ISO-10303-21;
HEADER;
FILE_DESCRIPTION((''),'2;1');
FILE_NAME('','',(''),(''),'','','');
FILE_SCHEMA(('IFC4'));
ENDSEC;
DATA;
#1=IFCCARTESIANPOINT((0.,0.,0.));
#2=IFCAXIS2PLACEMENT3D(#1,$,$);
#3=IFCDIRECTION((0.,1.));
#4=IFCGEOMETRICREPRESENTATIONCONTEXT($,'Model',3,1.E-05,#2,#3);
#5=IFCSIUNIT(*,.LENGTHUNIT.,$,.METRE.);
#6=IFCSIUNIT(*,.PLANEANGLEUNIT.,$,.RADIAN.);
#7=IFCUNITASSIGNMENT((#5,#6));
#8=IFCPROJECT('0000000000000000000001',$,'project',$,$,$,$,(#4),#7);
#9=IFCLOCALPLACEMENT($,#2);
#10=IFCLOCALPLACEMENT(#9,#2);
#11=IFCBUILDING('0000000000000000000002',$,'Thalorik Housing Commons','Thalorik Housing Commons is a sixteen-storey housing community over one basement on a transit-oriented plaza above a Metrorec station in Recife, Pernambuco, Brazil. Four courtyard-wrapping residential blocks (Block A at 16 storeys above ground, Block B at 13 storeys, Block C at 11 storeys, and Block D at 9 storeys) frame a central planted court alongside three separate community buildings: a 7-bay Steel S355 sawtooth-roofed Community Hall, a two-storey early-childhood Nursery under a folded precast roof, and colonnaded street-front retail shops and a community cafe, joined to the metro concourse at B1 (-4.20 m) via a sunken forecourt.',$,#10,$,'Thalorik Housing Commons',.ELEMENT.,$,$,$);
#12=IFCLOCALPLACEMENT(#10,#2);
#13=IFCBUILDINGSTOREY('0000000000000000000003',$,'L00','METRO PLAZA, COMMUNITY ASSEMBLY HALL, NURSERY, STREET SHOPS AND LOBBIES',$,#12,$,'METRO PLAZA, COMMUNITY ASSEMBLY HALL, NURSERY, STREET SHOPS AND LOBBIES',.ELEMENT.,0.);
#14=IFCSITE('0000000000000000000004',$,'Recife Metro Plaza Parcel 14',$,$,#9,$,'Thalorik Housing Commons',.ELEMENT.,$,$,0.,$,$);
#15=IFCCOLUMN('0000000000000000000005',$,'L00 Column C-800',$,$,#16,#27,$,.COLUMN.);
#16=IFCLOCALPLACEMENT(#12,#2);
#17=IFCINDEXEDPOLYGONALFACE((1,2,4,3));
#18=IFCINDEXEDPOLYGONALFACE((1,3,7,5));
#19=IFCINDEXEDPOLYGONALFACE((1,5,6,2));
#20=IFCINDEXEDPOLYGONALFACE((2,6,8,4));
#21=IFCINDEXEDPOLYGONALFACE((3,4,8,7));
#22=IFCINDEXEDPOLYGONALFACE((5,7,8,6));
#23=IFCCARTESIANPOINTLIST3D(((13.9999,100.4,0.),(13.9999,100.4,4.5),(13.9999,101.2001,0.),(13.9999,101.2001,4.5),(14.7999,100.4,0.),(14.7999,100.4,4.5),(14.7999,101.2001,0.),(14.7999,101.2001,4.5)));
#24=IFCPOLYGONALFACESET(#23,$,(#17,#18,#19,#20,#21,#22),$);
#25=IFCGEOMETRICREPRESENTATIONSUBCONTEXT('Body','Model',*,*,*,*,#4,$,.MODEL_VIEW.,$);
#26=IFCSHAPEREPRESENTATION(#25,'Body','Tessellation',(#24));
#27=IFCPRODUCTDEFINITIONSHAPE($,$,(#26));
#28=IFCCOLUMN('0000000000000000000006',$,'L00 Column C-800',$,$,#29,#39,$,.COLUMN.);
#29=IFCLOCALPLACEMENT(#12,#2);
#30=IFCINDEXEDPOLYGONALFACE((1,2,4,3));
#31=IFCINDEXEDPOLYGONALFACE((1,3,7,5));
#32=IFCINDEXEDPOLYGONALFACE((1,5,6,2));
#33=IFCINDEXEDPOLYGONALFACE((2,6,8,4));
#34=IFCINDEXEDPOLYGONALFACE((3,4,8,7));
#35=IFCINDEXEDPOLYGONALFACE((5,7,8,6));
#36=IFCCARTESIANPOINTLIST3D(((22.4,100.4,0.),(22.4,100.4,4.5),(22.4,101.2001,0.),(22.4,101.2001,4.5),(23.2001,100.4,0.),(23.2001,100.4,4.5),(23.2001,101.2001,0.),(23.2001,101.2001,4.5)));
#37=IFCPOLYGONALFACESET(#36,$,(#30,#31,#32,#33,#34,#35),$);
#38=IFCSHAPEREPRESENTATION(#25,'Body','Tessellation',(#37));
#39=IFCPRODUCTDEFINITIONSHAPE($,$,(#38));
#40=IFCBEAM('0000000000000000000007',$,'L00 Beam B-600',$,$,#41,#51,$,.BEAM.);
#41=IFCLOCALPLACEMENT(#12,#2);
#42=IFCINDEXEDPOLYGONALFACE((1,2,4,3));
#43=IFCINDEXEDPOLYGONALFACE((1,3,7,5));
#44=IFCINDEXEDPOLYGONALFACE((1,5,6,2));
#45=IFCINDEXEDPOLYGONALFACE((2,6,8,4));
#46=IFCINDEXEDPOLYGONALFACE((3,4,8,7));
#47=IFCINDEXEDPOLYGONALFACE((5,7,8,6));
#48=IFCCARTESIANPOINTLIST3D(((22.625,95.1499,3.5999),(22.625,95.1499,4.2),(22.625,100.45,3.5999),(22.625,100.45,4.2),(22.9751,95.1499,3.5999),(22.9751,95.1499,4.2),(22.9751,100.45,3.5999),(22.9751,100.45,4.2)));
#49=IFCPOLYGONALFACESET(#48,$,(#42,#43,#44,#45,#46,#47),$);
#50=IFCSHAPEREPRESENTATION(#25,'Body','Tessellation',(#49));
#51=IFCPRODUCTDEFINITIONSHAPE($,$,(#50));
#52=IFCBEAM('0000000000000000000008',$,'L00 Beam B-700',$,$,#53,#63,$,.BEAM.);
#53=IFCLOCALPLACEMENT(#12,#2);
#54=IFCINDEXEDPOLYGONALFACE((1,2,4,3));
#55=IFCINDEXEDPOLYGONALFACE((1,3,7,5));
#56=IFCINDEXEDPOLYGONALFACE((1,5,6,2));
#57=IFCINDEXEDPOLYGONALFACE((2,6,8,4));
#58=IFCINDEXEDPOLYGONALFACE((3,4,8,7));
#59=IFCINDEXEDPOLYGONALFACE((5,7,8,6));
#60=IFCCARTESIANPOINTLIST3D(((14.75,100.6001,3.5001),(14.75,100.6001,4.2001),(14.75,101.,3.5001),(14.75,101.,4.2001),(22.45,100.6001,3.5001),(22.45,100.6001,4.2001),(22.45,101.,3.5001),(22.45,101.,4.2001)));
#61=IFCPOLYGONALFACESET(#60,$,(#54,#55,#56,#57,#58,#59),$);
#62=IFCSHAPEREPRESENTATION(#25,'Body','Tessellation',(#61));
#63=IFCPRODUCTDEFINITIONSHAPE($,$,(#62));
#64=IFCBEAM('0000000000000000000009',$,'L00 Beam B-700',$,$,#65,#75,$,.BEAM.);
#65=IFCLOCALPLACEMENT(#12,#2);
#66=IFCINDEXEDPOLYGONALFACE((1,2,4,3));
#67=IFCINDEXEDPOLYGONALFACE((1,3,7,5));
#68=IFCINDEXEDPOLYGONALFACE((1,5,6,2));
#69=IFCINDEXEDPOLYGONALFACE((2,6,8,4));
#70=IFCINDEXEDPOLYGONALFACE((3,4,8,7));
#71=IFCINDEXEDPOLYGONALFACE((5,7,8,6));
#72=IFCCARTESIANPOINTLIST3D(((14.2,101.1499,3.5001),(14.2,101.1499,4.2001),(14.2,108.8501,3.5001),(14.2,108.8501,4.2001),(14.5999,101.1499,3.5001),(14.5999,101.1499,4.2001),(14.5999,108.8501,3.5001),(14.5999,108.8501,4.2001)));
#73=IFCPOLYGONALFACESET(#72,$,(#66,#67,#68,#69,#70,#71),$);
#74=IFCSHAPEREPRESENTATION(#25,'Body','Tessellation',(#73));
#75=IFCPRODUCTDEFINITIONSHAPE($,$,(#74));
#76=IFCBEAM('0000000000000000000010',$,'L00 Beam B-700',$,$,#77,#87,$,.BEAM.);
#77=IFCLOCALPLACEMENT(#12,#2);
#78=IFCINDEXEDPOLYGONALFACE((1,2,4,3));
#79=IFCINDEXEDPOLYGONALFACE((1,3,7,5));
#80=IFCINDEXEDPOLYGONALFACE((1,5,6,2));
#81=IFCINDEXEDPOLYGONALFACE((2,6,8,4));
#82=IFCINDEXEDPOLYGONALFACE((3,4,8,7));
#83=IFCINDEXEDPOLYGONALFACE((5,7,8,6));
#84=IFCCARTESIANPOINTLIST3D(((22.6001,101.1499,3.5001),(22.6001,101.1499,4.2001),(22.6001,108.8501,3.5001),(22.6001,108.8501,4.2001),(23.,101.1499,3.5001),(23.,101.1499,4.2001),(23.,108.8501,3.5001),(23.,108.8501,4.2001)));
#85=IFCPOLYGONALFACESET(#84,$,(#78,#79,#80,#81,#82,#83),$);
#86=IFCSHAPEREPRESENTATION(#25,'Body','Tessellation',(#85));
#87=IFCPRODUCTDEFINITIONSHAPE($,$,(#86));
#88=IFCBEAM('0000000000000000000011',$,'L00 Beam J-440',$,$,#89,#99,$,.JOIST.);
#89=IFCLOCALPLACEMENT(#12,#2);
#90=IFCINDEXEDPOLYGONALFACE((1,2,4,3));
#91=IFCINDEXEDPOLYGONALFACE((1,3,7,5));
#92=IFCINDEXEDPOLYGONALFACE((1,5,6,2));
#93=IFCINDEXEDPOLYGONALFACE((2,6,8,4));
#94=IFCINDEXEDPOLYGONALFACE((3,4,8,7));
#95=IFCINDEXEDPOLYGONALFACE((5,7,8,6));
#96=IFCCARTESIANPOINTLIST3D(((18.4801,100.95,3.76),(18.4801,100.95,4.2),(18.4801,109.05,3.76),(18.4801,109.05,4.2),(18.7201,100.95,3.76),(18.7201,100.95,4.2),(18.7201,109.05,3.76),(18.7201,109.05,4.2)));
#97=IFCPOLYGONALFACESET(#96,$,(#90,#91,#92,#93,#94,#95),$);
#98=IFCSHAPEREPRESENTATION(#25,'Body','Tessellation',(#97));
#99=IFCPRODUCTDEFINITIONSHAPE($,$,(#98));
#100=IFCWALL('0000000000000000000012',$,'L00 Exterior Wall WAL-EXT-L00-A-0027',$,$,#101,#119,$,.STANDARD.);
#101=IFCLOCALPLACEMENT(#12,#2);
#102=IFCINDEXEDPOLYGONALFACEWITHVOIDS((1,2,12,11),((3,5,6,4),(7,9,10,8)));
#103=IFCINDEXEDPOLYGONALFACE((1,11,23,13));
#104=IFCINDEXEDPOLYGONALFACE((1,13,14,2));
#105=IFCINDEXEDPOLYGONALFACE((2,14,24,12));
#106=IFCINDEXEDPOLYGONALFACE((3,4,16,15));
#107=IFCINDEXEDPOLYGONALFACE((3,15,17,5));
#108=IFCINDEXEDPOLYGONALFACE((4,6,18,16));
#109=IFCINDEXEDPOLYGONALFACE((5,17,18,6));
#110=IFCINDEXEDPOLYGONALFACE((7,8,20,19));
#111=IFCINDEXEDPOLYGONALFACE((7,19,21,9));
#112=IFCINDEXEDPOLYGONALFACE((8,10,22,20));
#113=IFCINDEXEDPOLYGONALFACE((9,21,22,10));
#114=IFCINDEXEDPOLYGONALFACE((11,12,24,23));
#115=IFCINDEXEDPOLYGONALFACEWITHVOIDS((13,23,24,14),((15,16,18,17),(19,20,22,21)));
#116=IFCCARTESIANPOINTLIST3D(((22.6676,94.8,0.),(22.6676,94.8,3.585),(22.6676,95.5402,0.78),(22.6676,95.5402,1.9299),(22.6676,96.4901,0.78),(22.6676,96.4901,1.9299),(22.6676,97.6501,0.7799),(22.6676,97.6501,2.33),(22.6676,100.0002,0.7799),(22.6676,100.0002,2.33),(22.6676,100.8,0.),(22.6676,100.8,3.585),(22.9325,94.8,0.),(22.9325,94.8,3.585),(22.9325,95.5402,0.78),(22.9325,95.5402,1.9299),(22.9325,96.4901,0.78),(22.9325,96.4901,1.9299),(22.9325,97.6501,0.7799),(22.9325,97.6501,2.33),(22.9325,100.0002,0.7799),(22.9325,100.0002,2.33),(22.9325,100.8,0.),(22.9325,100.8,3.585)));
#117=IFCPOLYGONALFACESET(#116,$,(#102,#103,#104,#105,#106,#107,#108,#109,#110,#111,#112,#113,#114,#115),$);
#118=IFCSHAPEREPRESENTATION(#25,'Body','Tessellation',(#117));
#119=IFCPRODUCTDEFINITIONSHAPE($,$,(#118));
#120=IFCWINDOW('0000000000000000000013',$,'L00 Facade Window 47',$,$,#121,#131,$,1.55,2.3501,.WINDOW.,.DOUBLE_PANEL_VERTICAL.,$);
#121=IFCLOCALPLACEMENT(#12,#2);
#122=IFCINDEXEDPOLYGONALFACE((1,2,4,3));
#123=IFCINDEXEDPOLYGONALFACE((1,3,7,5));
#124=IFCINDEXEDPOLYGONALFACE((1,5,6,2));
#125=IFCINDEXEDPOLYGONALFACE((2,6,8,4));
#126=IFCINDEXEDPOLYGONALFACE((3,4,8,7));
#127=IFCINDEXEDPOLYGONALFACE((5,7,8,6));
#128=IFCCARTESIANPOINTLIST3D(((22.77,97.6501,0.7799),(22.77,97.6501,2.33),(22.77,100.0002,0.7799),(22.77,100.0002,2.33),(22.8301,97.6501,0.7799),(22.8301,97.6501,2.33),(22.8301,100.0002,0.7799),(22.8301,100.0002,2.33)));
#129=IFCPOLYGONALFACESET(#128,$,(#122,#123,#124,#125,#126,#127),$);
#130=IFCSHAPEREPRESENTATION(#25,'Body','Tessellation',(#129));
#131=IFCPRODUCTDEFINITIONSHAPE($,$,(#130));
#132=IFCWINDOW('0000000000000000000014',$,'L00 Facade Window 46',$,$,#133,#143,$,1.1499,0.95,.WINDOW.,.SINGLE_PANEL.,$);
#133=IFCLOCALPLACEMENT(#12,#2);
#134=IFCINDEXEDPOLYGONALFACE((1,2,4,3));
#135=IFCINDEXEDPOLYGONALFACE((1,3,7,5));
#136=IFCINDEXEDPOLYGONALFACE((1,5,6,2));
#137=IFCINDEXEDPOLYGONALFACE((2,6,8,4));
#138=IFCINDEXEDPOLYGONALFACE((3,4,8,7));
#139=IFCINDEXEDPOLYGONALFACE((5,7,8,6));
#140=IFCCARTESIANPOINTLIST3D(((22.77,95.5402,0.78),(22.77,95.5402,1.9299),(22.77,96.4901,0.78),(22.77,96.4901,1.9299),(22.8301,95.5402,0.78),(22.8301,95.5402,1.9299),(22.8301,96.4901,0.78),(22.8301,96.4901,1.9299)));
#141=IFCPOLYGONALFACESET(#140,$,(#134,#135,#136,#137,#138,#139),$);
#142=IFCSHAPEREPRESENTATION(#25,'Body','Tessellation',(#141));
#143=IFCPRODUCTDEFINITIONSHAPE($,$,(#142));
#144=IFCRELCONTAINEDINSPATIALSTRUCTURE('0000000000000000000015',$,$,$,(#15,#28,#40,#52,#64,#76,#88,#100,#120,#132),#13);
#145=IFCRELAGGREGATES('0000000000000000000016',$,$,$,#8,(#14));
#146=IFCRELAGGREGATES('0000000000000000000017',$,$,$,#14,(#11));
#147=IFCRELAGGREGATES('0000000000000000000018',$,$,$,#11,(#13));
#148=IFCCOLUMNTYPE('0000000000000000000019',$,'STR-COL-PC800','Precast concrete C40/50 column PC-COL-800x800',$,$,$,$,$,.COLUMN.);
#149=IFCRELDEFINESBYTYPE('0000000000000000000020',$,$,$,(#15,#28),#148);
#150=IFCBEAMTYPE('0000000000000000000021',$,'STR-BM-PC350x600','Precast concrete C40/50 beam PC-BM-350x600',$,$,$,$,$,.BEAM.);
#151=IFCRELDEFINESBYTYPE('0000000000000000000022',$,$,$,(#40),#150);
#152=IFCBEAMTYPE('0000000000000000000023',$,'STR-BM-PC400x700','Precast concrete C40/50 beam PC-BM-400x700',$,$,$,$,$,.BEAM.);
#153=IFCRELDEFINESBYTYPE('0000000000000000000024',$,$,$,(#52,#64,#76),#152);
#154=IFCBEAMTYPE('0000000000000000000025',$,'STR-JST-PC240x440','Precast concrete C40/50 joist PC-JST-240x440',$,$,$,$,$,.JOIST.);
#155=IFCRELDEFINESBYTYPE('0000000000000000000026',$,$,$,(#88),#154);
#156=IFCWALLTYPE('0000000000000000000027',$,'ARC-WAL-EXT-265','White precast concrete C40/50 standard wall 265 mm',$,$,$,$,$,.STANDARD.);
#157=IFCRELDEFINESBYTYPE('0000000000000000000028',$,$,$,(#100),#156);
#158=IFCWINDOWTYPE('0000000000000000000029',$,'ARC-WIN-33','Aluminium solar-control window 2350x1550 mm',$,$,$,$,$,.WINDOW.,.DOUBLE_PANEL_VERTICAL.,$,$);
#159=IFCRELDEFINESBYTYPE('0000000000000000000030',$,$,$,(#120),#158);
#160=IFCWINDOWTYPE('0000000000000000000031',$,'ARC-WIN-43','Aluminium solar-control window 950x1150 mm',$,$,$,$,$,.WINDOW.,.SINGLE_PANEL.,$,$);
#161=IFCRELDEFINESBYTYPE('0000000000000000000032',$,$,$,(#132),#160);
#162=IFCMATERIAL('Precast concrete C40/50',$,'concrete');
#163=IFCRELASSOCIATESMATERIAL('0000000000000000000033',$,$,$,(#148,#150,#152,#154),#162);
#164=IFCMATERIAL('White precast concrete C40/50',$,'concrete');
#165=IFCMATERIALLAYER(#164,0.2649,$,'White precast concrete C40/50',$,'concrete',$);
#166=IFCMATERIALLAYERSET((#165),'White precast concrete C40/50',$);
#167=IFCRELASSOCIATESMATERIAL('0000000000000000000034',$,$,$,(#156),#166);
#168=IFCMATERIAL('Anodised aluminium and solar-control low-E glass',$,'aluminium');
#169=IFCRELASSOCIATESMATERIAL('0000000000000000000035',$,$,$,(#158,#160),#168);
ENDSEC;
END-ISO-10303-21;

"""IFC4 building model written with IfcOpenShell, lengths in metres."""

from ifc_helpers import new_model, si_unit, direction, frame, frame_2d, origin, origin_2d, place, context, subcontext, project, spatial, rectangle, extrude, material, layer, layer_set, material_profile, profile_set, type_object, element, fill, save


model = new_model("IFC4")

# Units and contexts
model_context = context("Model", 3, precision=1e-05, world=origin(), true_north=direction((0.0, 1.0)))
body_context = subcontext(model_context, "Body", "Model", "MODEL_VIEW")
ifc_project = project(units=[si_unit("LENGTHUNIT", "METRE"), si_unit("PLANEANGLEUNIT", "RADIAN")], contexts=[model_context])

# Site, building, storey
site_placement = place(None, origin())
site = spatial("IfcSite", under=ifc_project, at=site_placement, Name="Recife Metro Plaza Parcel 14", LongName="Thalorik Housing Commons", CompositionType="ELEMENT", RefElevation=0.0)
building_placement = place(site_placement, origin())
building = spatial("IfcBuilding", under=site, at=building_placement, Name="Thalorik Housing Commons", Description="Thalorik Housing Commons is a sixteen-storey housing community over one basement on a transit-oriented plaza above a Metrorec station in Recife, Pernambuco, Brazil. Four courtyard-wrapping residential blocks (Block A at 16 storeys above ground, Block B at 13 storeys, Block C at 11 storeys, and Block D at 9 storeys) frame a central planted court alongside three separate community buildings: a 7-bay Steel S355 sawtooth-roofed Community Hall, a two-storey early-childhood Nursery under a folded precast roof, and colonnaded street-front retail shops and a community cafe, joined to the metro concourse at B1 (-4.20 m) via a sunken forecourt.", LongName="Thalorik Housing Commons", CompositionType="ELEMENT")
storey_placement = place(building_placement, origin())
storey = spatial("IfcBuildingStorey", under=building, at=storey_placement, Name="L00", Description="METRO PLAZA, COMMUNITY ASSEMBLY HALL, NURSERY, STREET SHOPS AND LOBBIES", LongName="METRO PLAZA, COMMUNITY ASSEMBLY HALL, NURSERY, STREET SHOPS AND LOBBIES", CompositionType="ELEMENT", Elevation=0.0)

# Columns
ifc_material_1 = material(Name="Precast concrete C40/50", Category="concrete")
ifc_material_profile_1 = material_profile(ifc_material_1, rectangle(XDim=0.8, YDim=0.8, at=origin_2d()), Name="PC 800x800", Category="concrete")
ifc_profile_set_1 = profile_set([ifc_material_profile_1], Name="Precast concrete C40/50")
column_type = type_object("IfcColumnType", Name="STR-COL-PC800", Description="Precast concrete C40/50 column PC-COL-800x800", PredefinedType="COLUMN", material=ifc_profile_set_1)
for number, where, z_axis, x_axis, name in (
    (1, (14.3999, 100.8, 0.0), (0.0, 0.0, 1.0), (1.0, 0.0, 0.0), "L00 Column C-800"),
    (2, (22.8, 100.8, 0.0), (0.0, 0.0, 1.0), (1.0, 0.0, 0.0), "L00 Column C-800"),
):
    element("IfcColumn", number, at=place(storey_placement, frame(where, z_axis=z_axis, x_axis=x_axis)), inside=storey, type_object=column_type, Name=name, PredefinedType="COLUMN", context=body_context, shape_type="SweptSolid", body=[
        extrude(rectangle(XDim=0.8, YDim=0.8, at=origin_2d()), origin(), (0.0, 0.0, 1.0), 4.5),
    ])

# Beams
ifc_material_profile_2 = material_profile(ifc_material_1, rectangle(XDim=0.3501, YDim=0.6001, at=origin_2d()), Name="PC 350x600", Category="concrete")
ifc_profile_set_2 = profile_set([ifc_material_profile_2], Name="Precast concrete C40/50")
beam_type_1 = type_object("IfcBeamType", Name="STR-BM-PC350x600", Description="Precast concrete C40/50 beam PC-BM-350x600", PredefinedType="BEAM", material=ifc_profile_set_2)
beam_1_placement = place(storey_placement, frame((22.8, 95.1499, 3.8999), z_axis=(0.0, 1.0, 0.0), x_axis=(-1.0, 0.0, 0.0)))
element("IfcBeam", 3, at=beam_1_placement, inside=storey, type_object=beam_type_1, Name="L00 Beam B-600", PredefinedType="BEAM", context=body_context, shape_type="SweptSolid", body=[
    extrude(rectangle(XDim=0.3501, YDim=0.6001, at=origin_2d()), origin(), (0.0, 0.0, 1.0), 5.3),
])
ifc_material_profile_3 = material_profile(ifc_material_1, rectangle(XDim=0.3999, YDim=0.7, at=origin_2d()), Name="PC 400x700", Category="concrete")
ifc_profile_set_3 = profile_set([ifc_material_profile_3], Name="Precast concrete C40/50")
beam_type_2 = type_object("IfcBeamType", Name="STR-BM-PC400x700", Description="Precast concrete C40/50 beam PC-BM-400x700", PredefinedType="BEAM", material=ifc_profile_set_3)
beam_2_placement = place(storey_placement, frame((14.75, 100.8, 3.8501), z_axis=(1.0, 0.0, 0.0), x_axis=(0.0, 1.0, 0.0)))
element("IfcBeam", 4, at=beam_2_placement, inside=storey, type_object=beam_type_2, Name="L00 Beam B-700", PredefinedType="BEAM", context=body_context, shape_type="SweptSolid", body=[
    extrude(rectangle(XDim=0.3999, YDim=0.7, at=origin_2d()), origin(), (0.0, 0.0, 1.0), 7.7),
])
for number, where, z_axis, x_axis, name in (
    (5, (14.3999, 101.1499, 3.8501), (0.0, 1.0, 0.0), (-1.0, 0.0, 0.0), "L00 Beam B-700"),
    (6, (22.8, 101.1499, 3.8501), (0.0, 1.0, 0.0), (-1.0, 0.0, 0.0), "L00 Beam B-700"),
):
    element("IfcBeam", number, at=place(storey_placement, frame(where, z_axis=z_axis, x_axis=x_axis)), inside=storey, type_object=beam_type_2, Name=name, PredefinedType="BEAM", context=body_context, shape_type="SweptSolid", body=[
        extrude(rectangle(XDim=0.3999, YDim=0.7, at=origin_2d()), origin(), (0.0, 0.0, 1.0), 7.7002),
    ])
ifc_material_profile_4 = material_profile(ifc_material_1, rectangle(XDim=0.24, YDim=0.4399, at=origin_2d()), Name="PC JST 240x440", Category="concrete")
ifc_profile_set_4 = profile_set([ifc_material_profile_4], Name="Precast concrete C40/50")
beam_type_3 = type_object("IfcBeamType", Name="STR-JST-PC240x440", Description="Precast concrete C40/50 joist PC-JST-240x440", PredefinedType="JOIST", material=ifc_profile_set_4)
beam_3_placement = place(storey_placement, frame((18.6001, 100.95, 3.98), z_axis=(0.0, 1.0, 0.0), x_axis=(-1.0, 0.0, 0.0)))
element("IfcBeam", 7, at=beam_3_placement, inside=storey, type_object=beam_type_3, Name="L00 Beam J-440", PredefinedType="JOIST", context=body_context, shape_type="SweptSolid", body=[
    extrude(rectangle(XDim=0.24, YDim=0.4399, at=origin_2d()), origin(), (0.0, 0.0, 1.0), 8.1001),
])

# Wall, openings, windows
ifc_material_2 = material(Name="White precast concrete C40/50", Category="concrete")
ifc_layer_1 = layer(ifc_material_2, 0.2649, Name="White precast concrete C40/50", Category="concrete")
ifc_layer_set_1 = layer_set([ifc_layer_1], Name="White precast concrete C40/50")
wall_type_1 = type_object("IfcWallType", Name="ARC-WAL-EXT-265", Description="White precast concrete C40/50 standard wall 265 mm", PredefinedType="STANDARD", material=ifc_layer_set_1)
wall_1_placement = place(storey_placement, frame((22.8, 94.8, 0.0), z_axis=(0.0, 0.0, 1.0), x_axis=(0.0, 1.0, 0.0)))
wall_1 = element("IfcWall", 8, at=wall_1_placement, inside=storey, type_object=wall_type_1, Name="L00 Exterior Wall WAL-EXT-L00-A-0027", PredefinedType="STANDARD", context=body_context, shape_type="SweptSolid", body=[
    extrude(rectangle(XDim=6.0, YDim=0.2649, at=frame_2d((3.0, 0.0))), origin(), (0.0, 0.0, 1.0), 3.585),
])
opening_1_placement = place(wall_1_placement, frame((0.74, 0.0, 0.78)))
opening_1 = element("IfcOpeningElement", 9, at=opening_1_placement, cuts=wall_1, PredefinedType="OPENING", context=body_context, shape_type="SweptSolid", body=[
    extrude(rectangle(XDim=0.95, YDim=1.1499, at=frame_2d((0.4751, 0.575))), frame((0.0, 0.1426, 0.0), z_axis=(0.0, -1.0, 0.0), x_axis=(1.0, 0.0, 0.0)), (0.0, 0.0, 1.0), 0.2849),
])
opening_2_placement = place(wall_1_placement, frame((2.8501, 0.0, 0.78)))
opening_2 = element("IfcOpeningElement", 10, at=opening_2_placement, cuts=wall_1, PredefinedType="OPENING", context=body_context, shape_type="SweptSolid", body=[
    extrude(rectangle(XDim=2.3501, YDim=1.55, at=frame_2d((1.175, 0.7749))), frame((0.0, 0.1426, 0.0), z_axis=(0.0, -1.0, 0.0), x_axis=(1.0, 0.0, 0.0)), (0.0, 0.0, 1.0), 0.2849),
])
ifc_material_3 = material(Name="Anodised aluminium and solar-control low-E glass", Category="aluminium")
window_type_1 = type_object("IfcWindowType", Name="ARC-WIN-33", Description="Aluminium solar-control window 2350x1550 mm", PartitioningType="DOUBLE_PANEL_VERTICAL", PredefinedType="WINDOW", material=ifc_material_3)
window_1_placement = place(opening_2_placement, origin())
window_1 = element("IfcWindow", 11, at=window_1_placement, inside=storey, type_object=window_type_1, Name="L00 Facade Window 47", OverallHeight=1.55, OverallWidth=2.3501, PartitioningType="DOUBLE_PANEL_VERTICAL", PredefinedType="WINDOW", context=body_context, shape_type="SweptSolid", body=[
    extrude(rectangle(XDim=2.3501, YDim=1.55, at=frame_2d((1.175, 0.7749))), frame((0.0, 0.03, 0.0), z_axis=(0.0, -1.0, 0.0), x_axis=(1.0, 0.0, 0.0)), (0.0, 0.0, 1.0), 0.0601),
])
fill(opening_2, window_1)
window_type_2 = type_object("IfcWindowType", Name="ARC-WIN-43", Description="Aluminium solar-control window 950x1150 mm", PartitioningType="SINGLE_PANEL", PredefinedType="WINDOW", material=ifc_material_3)
window_2_placement = place(opening_1_placement, origin())
window_2 = element("IfcWindow", 12, at=window_2_placement, inside=storey, type_object=window_type_2, Name="L00 Facade Window 46", OverallHeight=1.1499, OverallWidth=0.95, PartitioningType="SINGLE_PANEL", PredefinedType="WINDOW", context=body_context, shape_type="SweptSolid", body=[
    extrude(rectangle(XDim=0.95, YDim=1.1499, at=frame_2d((0.4751, 0.575))), frame((0.0, 0.03, 0.0), z_axis=(0.0, -1.0, 0.0), x_axis=(1.0, 0.0, 0.0)), (0.0, 0.0, 1.0), 0.0601),
])
fill(opening_1, window_2)

save(model, "model.ifc")
